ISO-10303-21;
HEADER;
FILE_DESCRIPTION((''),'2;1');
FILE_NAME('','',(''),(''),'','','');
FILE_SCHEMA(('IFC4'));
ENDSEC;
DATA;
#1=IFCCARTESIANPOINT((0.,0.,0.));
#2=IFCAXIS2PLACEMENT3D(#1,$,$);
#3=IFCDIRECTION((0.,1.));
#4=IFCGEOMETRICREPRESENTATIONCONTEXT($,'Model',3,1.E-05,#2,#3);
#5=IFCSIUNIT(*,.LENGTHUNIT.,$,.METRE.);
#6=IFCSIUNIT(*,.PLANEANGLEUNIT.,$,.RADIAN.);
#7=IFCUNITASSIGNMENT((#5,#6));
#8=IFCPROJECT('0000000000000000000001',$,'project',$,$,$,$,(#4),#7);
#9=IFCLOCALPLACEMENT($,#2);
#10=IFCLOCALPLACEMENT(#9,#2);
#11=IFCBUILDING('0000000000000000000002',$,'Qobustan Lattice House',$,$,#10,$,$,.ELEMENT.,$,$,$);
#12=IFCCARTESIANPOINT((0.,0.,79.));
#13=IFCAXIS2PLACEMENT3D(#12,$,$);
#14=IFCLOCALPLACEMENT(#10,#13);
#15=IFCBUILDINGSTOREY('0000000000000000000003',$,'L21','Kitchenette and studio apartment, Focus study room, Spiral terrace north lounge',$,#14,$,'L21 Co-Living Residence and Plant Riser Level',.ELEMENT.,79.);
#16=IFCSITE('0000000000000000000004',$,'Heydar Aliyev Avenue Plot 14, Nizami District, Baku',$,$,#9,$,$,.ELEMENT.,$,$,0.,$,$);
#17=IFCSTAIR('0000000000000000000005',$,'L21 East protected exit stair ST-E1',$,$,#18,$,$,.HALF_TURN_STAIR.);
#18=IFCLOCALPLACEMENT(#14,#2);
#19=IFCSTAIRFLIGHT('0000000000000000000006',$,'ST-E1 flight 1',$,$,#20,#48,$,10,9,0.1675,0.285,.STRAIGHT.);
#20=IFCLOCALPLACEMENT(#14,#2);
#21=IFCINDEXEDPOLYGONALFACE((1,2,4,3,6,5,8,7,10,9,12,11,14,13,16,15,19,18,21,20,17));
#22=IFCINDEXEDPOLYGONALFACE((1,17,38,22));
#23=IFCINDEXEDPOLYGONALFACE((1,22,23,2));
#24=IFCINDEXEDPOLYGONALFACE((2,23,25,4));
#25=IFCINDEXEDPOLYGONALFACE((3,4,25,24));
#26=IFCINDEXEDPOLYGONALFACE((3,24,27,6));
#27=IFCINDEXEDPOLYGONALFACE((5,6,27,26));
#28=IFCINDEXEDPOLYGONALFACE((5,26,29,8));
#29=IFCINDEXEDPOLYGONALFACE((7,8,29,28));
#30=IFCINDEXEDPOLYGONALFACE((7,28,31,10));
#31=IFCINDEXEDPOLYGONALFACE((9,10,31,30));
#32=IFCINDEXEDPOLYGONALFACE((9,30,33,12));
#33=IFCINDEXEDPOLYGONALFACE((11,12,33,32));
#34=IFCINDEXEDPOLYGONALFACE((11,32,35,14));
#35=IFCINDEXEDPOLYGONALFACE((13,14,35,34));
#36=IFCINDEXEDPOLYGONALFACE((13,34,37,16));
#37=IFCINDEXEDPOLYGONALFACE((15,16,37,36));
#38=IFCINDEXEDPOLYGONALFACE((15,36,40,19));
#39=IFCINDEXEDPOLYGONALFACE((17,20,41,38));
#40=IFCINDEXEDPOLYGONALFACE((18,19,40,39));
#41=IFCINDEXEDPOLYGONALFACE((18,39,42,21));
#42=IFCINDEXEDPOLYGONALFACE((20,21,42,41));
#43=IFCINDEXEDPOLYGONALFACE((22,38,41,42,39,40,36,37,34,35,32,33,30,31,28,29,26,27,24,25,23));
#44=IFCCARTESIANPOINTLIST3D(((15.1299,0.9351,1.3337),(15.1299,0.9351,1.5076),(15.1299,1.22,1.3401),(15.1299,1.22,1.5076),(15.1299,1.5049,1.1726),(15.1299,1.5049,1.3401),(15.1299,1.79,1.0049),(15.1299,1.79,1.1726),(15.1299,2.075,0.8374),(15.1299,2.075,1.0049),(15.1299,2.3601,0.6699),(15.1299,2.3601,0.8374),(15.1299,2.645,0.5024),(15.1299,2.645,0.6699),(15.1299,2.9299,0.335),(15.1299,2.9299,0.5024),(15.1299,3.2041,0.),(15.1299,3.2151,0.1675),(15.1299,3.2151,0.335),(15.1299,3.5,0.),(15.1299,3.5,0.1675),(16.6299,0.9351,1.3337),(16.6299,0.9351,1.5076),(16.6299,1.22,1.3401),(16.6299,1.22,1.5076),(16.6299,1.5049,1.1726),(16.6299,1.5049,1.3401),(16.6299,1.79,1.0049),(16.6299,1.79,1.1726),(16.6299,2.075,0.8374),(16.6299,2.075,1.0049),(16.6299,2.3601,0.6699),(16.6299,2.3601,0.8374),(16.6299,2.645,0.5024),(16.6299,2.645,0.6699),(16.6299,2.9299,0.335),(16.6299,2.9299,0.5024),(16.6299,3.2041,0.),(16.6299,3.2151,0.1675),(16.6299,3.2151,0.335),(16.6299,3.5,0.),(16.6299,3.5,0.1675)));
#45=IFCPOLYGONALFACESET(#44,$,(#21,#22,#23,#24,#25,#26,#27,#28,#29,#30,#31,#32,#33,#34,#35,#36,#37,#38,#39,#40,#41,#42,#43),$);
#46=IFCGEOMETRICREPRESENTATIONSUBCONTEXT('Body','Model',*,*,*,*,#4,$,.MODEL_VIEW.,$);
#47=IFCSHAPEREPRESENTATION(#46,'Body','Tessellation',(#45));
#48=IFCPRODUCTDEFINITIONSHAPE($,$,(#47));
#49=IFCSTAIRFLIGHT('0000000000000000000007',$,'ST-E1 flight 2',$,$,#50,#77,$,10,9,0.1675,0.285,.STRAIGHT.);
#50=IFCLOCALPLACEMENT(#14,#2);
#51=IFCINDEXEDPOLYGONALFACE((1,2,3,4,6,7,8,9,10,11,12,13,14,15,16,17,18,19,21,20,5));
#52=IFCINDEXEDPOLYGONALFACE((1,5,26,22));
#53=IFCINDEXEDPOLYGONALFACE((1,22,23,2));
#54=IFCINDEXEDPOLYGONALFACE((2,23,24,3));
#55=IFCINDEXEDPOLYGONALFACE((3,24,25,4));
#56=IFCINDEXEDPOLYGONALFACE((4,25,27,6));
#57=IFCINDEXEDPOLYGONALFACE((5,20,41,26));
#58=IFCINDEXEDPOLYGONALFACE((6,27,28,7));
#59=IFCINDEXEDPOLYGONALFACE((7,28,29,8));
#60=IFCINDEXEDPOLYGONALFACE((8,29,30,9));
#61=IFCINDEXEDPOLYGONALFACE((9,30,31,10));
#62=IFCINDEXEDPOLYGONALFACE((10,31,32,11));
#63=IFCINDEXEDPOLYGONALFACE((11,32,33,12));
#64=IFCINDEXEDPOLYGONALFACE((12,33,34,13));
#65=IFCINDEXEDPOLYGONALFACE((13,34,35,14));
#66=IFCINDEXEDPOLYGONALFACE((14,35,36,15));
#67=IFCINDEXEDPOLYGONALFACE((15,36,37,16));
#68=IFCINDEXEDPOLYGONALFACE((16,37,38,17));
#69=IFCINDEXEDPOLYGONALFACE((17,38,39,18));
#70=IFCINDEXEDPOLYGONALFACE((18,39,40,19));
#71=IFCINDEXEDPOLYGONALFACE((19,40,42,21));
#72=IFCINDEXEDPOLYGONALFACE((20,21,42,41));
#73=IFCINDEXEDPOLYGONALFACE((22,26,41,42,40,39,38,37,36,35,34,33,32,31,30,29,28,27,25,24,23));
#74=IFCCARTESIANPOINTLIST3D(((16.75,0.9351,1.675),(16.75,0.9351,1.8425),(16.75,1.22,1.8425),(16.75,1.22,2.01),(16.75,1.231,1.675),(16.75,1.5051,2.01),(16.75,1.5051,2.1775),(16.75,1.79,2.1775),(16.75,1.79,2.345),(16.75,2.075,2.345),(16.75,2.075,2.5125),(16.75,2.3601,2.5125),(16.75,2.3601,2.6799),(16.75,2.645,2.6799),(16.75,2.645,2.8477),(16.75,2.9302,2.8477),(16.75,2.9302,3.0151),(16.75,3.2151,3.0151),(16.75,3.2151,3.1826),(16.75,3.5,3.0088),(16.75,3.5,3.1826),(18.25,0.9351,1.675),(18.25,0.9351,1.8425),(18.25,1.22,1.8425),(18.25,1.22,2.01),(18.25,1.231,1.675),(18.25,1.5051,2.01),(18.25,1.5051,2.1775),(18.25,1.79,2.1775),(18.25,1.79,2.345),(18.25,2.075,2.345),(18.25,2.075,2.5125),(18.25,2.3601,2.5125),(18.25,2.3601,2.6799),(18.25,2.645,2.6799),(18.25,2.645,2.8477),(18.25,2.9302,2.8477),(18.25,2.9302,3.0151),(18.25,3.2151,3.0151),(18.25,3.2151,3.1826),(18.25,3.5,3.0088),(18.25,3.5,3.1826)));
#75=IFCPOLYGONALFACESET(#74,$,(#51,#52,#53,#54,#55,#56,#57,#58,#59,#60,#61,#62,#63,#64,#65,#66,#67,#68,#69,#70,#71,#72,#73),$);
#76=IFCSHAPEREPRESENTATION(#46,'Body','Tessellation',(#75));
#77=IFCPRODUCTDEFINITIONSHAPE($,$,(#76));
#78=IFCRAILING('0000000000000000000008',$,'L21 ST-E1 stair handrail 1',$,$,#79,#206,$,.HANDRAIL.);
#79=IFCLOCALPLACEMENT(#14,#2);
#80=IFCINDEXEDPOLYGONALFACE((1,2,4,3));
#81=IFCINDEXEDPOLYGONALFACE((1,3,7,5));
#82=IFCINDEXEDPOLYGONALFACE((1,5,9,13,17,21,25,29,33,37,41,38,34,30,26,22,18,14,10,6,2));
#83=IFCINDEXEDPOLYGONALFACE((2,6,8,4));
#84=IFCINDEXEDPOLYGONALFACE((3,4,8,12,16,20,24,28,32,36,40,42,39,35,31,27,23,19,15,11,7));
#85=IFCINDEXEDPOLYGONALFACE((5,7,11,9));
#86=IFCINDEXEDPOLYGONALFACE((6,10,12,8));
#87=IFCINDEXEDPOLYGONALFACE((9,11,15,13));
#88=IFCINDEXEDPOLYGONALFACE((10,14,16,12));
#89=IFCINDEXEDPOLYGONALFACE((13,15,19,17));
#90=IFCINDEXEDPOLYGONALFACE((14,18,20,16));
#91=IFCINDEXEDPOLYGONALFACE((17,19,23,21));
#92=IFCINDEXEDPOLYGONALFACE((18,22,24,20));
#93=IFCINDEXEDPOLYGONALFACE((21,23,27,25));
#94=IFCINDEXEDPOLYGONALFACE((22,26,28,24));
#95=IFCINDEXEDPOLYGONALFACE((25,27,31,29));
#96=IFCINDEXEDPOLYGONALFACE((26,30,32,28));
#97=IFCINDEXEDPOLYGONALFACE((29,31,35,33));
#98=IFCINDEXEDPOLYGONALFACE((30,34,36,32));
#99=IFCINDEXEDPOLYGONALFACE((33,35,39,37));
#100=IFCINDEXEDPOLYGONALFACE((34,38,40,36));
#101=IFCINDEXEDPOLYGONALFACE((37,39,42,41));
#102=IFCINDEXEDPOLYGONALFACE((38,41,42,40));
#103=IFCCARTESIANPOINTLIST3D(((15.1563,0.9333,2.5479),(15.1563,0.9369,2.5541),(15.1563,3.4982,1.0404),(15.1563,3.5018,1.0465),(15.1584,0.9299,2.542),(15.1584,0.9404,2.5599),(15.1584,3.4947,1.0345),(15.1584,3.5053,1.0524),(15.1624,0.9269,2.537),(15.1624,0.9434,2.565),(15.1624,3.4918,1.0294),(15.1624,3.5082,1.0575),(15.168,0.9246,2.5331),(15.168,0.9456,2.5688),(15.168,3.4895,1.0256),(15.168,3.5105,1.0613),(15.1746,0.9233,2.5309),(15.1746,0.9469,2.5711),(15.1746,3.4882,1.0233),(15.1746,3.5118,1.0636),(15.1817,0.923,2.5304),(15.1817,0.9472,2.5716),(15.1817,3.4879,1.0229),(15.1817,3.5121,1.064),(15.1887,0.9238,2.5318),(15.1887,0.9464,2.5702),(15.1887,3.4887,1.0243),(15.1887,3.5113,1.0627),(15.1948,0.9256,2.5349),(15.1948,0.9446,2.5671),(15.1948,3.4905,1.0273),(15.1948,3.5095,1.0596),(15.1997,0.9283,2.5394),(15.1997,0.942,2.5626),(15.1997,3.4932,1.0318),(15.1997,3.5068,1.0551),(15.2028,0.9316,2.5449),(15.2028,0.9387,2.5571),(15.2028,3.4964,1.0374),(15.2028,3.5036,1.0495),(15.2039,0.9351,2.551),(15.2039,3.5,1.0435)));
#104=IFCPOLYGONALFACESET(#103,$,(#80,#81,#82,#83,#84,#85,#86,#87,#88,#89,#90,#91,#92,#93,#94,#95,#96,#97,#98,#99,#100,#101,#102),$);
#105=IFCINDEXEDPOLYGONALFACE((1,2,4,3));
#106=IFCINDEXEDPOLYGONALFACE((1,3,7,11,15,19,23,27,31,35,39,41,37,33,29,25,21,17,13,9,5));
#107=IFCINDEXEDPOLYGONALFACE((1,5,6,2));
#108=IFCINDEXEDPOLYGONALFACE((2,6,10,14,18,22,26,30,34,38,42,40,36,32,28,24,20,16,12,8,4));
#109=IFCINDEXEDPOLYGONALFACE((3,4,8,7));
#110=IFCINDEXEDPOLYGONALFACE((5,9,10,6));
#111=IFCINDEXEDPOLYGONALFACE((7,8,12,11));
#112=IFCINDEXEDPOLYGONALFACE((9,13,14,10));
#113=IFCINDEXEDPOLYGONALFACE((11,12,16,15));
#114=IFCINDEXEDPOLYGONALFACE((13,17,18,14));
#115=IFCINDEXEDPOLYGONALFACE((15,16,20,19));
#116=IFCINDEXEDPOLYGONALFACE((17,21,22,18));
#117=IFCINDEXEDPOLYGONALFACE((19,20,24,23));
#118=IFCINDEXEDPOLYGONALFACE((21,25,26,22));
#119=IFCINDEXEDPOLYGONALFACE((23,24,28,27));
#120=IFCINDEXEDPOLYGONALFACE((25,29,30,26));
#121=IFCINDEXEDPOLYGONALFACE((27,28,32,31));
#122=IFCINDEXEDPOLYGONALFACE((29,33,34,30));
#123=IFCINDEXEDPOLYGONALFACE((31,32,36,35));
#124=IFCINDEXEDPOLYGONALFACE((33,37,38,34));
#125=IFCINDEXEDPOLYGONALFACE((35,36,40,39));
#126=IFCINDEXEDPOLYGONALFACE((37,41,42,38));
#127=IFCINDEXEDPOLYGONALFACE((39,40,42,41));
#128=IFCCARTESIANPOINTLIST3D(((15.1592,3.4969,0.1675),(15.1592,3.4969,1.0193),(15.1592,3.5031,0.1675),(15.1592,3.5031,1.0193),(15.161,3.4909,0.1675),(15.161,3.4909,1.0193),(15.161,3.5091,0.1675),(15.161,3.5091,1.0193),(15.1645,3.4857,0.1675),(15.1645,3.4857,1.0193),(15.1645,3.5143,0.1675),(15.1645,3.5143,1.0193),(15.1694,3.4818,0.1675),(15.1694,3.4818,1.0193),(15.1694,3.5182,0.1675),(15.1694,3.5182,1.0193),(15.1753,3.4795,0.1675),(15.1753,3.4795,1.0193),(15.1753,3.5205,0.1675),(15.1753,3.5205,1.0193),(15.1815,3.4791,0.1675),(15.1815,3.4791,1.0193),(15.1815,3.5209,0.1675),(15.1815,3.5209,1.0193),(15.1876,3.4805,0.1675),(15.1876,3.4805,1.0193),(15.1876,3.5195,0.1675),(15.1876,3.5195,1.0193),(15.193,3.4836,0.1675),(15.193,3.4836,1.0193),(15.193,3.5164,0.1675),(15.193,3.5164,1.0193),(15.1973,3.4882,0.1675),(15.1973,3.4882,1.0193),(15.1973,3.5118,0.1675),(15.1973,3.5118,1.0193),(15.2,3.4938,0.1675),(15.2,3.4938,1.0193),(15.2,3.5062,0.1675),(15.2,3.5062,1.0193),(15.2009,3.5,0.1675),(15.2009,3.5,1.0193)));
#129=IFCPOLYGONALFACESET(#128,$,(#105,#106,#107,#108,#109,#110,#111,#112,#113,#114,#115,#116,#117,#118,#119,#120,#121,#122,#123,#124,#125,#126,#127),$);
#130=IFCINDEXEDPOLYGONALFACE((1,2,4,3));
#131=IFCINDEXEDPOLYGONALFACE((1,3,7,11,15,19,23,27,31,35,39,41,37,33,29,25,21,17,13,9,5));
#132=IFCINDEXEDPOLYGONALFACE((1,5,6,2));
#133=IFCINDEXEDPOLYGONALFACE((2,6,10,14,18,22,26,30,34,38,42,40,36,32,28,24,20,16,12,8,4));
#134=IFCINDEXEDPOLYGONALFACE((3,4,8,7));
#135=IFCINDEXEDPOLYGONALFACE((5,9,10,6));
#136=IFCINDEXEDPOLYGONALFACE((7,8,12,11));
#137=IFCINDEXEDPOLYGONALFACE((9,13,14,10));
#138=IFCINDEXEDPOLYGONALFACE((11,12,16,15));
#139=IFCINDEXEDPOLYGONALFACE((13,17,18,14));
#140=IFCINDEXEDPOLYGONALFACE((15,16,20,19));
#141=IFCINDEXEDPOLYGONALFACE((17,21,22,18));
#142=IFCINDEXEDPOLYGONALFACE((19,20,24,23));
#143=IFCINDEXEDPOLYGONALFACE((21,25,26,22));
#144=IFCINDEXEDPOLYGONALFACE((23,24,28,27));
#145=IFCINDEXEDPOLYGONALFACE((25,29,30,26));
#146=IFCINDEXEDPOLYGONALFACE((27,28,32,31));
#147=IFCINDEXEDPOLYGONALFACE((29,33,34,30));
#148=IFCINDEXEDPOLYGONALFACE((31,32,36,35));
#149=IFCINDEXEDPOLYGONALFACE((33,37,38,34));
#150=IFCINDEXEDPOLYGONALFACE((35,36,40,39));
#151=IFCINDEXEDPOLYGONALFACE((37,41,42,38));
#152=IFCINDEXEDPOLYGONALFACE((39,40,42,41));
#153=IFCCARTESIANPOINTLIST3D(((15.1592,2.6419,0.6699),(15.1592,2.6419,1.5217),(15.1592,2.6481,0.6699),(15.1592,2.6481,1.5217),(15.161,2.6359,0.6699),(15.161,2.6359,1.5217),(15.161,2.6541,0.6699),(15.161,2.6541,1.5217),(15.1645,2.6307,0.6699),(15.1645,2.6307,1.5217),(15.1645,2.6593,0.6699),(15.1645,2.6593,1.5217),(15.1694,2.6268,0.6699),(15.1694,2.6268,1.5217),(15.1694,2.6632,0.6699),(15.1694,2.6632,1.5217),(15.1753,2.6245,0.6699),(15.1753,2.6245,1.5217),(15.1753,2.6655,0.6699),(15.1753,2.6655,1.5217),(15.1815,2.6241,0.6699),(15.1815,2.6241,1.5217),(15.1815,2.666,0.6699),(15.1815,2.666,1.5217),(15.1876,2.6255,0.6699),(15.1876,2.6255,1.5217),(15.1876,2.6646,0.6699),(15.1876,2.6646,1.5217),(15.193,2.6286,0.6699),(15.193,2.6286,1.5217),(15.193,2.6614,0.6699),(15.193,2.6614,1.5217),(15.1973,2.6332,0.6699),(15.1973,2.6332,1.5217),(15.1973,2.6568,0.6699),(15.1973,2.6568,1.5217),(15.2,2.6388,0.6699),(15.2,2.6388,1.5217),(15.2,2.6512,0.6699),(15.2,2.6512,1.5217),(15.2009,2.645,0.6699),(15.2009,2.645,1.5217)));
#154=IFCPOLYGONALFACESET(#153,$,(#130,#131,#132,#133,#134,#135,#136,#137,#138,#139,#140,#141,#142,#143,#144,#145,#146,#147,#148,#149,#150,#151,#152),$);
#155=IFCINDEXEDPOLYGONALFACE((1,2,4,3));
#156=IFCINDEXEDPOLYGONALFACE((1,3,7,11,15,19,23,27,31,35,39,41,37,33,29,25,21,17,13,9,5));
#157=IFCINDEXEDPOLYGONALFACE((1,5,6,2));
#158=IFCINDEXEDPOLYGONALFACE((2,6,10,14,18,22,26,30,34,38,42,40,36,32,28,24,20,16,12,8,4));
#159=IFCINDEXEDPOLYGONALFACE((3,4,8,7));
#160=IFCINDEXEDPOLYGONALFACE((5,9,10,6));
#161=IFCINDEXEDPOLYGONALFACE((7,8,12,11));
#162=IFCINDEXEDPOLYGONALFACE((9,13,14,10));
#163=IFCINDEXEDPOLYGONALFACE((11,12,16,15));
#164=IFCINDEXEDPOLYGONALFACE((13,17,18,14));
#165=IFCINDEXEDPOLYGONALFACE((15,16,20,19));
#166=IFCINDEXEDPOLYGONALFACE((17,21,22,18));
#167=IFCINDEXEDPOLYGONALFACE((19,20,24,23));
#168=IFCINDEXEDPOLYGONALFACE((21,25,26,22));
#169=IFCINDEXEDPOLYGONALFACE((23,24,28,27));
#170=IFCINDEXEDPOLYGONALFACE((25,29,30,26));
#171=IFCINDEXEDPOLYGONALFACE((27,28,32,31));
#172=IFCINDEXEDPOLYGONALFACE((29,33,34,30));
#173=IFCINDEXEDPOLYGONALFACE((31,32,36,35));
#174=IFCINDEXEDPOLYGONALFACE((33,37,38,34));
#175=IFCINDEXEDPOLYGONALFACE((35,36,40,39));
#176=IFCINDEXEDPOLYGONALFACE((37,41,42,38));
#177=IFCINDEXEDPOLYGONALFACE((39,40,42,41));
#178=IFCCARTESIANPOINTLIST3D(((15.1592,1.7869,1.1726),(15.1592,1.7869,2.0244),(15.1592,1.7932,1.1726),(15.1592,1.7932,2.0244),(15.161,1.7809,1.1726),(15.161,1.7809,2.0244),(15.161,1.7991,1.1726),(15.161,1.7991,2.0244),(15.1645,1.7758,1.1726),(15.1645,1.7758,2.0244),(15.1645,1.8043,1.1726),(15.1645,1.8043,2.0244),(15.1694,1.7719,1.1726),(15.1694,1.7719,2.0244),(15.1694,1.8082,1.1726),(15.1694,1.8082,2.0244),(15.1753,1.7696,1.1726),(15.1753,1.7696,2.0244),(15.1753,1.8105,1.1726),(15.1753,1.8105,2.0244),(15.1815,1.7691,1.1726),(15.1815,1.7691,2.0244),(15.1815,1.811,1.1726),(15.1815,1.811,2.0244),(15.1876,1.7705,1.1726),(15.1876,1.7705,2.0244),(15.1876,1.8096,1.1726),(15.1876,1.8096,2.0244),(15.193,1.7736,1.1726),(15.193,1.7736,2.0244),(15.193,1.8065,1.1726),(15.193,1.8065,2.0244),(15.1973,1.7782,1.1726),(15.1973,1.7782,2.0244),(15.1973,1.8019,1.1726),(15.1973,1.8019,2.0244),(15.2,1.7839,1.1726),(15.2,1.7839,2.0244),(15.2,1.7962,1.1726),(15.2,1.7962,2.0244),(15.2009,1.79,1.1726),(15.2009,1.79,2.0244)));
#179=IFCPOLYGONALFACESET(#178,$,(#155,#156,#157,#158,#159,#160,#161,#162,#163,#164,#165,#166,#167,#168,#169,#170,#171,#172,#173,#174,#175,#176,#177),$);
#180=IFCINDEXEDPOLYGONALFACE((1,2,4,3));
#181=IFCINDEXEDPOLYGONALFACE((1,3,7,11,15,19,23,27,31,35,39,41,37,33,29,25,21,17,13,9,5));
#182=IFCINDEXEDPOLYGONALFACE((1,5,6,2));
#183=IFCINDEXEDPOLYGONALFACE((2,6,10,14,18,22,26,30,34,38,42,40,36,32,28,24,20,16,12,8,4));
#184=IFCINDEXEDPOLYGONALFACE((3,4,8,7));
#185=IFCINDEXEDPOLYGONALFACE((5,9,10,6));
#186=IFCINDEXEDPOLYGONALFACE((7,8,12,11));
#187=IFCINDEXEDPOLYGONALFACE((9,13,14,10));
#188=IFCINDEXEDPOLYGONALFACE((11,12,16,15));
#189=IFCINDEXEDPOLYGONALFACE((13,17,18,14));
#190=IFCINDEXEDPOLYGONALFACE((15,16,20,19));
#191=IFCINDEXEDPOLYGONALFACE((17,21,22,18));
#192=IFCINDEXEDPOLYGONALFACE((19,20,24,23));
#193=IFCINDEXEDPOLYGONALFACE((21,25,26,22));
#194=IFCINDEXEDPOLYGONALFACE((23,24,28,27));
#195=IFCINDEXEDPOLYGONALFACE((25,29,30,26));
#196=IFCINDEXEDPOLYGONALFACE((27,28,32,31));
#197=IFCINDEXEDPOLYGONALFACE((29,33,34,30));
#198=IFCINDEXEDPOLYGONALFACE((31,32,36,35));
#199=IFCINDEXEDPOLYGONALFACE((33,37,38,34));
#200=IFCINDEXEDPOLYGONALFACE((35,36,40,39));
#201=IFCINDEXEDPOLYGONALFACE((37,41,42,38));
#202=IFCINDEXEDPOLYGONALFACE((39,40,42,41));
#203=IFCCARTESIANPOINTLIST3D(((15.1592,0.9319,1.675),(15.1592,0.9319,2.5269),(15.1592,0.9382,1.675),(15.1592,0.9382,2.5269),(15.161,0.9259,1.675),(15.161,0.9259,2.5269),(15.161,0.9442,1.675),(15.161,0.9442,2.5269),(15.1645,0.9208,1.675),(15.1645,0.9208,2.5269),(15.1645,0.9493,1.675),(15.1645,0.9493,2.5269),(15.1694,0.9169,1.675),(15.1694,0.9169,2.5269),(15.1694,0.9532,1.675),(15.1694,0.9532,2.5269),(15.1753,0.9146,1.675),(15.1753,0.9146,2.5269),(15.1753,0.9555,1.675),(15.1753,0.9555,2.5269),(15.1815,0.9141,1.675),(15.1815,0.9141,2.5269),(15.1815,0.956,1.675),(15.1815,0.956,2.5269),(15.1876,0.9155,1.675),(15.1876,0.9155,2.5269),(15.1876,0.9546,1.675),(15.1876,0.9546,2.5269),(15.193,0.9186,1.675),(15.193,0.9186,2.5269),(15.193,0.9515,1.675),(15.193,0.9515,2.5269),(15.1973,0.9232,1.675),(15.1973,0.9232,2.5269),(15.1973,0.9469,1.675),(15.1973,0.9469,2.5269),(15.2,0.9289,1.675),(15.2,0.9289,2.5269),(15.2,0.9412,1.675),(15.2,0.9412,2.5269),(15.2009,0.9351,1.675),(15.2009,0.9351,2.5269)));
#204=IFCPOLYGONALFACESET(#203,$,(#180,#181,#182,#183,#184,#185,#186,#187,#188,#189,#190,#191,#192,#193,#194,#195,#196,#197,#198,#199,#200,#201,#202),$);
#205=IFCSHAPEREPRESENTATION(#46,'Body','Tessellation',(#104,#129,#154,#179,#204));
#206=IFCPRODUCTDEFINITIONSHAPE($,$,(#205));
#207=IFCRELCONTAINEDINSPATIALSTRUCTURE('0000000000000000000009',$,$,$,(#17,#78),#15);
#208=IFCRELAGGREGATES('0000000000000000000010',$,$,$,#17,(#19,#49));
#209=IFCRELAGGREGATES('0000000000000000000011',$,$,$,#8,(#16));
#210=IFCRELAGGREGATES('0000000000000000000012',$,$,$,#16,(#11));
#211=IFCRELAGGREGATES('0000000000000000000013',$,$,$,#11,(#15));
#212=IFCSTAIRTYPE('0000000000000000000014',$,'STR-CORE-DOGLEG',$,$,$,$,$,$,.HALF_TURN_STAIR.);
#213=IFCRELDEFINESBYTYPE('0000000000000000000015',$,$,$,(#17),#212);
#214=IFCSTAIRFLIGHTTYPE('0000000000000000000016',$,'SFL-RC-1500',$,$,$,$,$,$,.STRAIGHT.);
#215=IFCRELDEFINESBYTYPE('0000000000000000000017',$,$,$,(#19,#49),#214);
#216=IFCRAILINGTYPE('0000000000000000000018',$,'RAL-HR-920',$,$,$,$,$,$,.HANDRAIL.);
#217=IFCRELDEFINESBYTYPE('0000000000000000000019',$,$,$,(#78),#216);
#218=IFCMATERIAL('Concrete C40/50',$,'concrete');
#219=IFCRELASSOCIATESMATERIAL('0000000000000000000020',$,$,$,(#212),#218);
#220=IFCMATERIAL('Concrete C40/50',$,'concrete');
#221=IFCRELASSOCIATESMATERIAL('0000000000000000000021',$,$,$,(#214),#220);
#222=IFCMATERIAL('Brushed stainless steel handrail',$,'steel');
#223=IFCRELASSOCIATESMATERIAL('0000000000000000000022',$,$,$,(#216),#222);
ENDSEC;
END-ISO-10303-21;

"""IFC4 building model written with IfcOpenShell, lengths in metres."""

from ifc_helpers import new_model, si_unit, direction, frame, origin, origin_2d, place, context, subcontext, project, spatial, polyline, circle, outline, extrude, material, type_object, element, aggregate, save


model = new_model("IFC4")

# Units and contexts
model_context = context("Model", 3, precision=1e-05, world=origin(), true_north=direction((0.0, 1.0)))
body_context = subcontext(model_context, "Body", "Model", "MODEL_VIEW")
ifc_project = project(units=[si_unit("LENGTHUNIT", "METRE"), si_unit("PLANEANGLEUNIT", "RADIAN")], contexts=[model_context])

# Site, building, storey
site_placement = place(None, origin())
site = spatial("IfcSite", under=ifc_project, at=site_placement, Name="Heydar Aliyev Avenue Plot 14, Nizami District, Baku", CompositionType="ELEMENT", RefElevation=0.0)
building_placement = place(site_placement, origin())
building = spatial("IfcBuilding", under=site, at=building_placement, Name="Qobustan Lattice House", CompositionType="ELEMENT")
storey_placement = place(building_placement, frame((0.0, 0.0, 79.0)))
storey = spatial("IfcBuildingStorey", under=building, at=storey_placement, Name="L21", Description="Kitchenette and studio apartment, Focus study room, Spiral terrace north lounge", LongName="L21 Co-Living Residence and Plant Riser Level", CompositionType="ELEMENT", Elevation=79.0)

# Stair, stair flights
ifc_material_1 = material(Name="Concrete C40/50", Category="concrete")
stair_type = type_object("IfcStairType", Name="STR-CORE-DOGLEG", PredefinedType="HALF_TURN_STAIR", material=ifc_material_1)
stair_placement = place(storey_placement, origin())
stair = element("IfcStair", 1, at=stair_placement, inside=storey, type_object=stair_type, Name="L21 East protected exit stair ST-E1", PredefinedType="HALF_TURN_STAIR")
ifc_material_2 = material(Name="Concrete C40/50", Category="concrete")
stair_flight_type = type_object("IfcStairFlightType", Name="SFL-RC-1500", PredefinedType="STRAIGHT", material=ifc_material_2)
stair_flight_1_placement = place(storey_placement, frame((15.8799, 3.5, 0.0), z_axis=(0.0, 0.0, 1.0), x_axis=(0.0, -1.0, 0.0)))
stair_flight_1 = element("IfcStairFlight", 2, at=stair_flight_1_placement, type_object=stair_flight_type, Name="ST-E1 flight 1", NumberOfRisers=10, NumberOfTreads=9, PredefinedType="STRAIGHT", RiserHeight=0.1675, TreadLength=0.285, context=body_context, shape_type="SweptSolid", body=[
    extrude(outline(polyline([(0.0, 0.0), (0.0, 0.1675), (0.2849, 0.1675), (0.2849, 0.335), (0.5701, 0.335), (0.5701, 0.5024), (0.855, 0.5024), (0.855, 0.6699), (1.1399, 0.6699), (1.1399, 0.8374), (1.425, 0.8374), (1.425, 1.0049), (1.71, 1.0049), (1.71, 1.1726), (1.9951, 1.1726), (1.9951, 1.3401), (2.28, 1.3401), (2.28, 1.5076), (2.5649, 1.5076), (2.5649, 1.675), (2.5649, 1.3337), (0.2959, 0.0), (0.0, 0.0)])), frame((0.0, 0.75, 0.0), z_axis=(0.0, -1.0, 0.0), x_axis=(1.0, 0.0, 0.0)), (0.0, 0.0, 1.0), 1.5),
])
stair_flight_2_placement = place(storey_placement, frame((17.5, 0.9351, 1.675), z_axis=(0.0, 0.0, 1.0), x_axis=(0.0, 1.0, 0.0)))
stair_flight_2 = element("IfcStairFlight", 3, at=stair_flight_2_placement, type_object=stair_flight_type, Name="ST-E1 flight 2", NumberOfRisers=10, NumberOfTreads=9, PredefinedType="STRAIGHT", RiserHeight=0.1675, TreadLength=0.285, context=body_context, shape_type="SweptSolid", body=[
    extrude(outline(polyline([(0.0, 0.0), (0.0, 0.1675), (0.2849, 0.1675), (0.2849, 0.335), (0.5701, 0.335), (0.5701, 0.5024), (0.855, 0.5024), (0.855, 0.6699), (1.1399, 0.6699), (1.1399, 0.8374), (1.425, 0.8374), (1.425, 1.0049), (1.71, 1.0049), (1.71, 1.1726), (1.9951, 1.1726), (1.9951, 1.3401), (2.28, 1.3401), (2.28, 1.5076), (2.5649, 1.5076), (2.5649, 1.675), (2.5649, 1.3337), (0.2959, 0.0), (0.0, 0.0)])), frame((0.0, 0.75, 0.0), z_axis=(0.0, -1.0, 0.0), x_axis=(1.0, 0.0, 0.0)), (0.0, 0.0, 1.0), 1.5),
])
aggregate(stair, [stair_flight_1, stair_flight_2])

# Railing
ifc_material_3 = material(Name="Brushed stainless steel handrail", Category="steel")
railing_type_1 = type_object("IfcRailingType", Name="RAL-HR-920", PredefinedType="HANDRAIL", material=ifc_material_3)
railing_1_placement = place(storey_placement, frame((15.1799, 3.5, 0.1675)))
element("IfcRailing", 4, at=railing_1_placement, inside=storey, type_object=railing_type_1, Name="L21 ST-E1 stair handrail 1", PredefinedType="HANDRAIL", context=body_context, shape_type="SweptSolid", body=[
    extrude(circle(Radius=0.0239, at=origin_2d()), frame((0.0, 0.0, 0.876), z_axis=(0.0, -0.862113, 0.506715), x_axis=(1.0, 0.0, 0.0)), (0.0, 0.0, 1.0), 2.9751),
    extrude(circle(Radius=0.021, at=origin_2d()), origin(), (0.0, 0.0, 1.0), 0.8518),
    extrude(circle(Radius=0.021, at=origin_2d()), frame((0.0, -0.855, 0.5024)), (0.0, 0.0, 1.0), 0.8518),
    extrude(circle(Radius=0.021, at=origin_2d()), frame((0.0, -1.71, 1.0051)), (0.0, 0.0, 1.0), 0.8518),
    extrude(circle(Radius=0.021, at=origin_2d()), frame((0.0, -2.5649, 1.5076)), (0.0, 0.0, 1.0), 0.8518),
])

save(model, "model.ifc")
